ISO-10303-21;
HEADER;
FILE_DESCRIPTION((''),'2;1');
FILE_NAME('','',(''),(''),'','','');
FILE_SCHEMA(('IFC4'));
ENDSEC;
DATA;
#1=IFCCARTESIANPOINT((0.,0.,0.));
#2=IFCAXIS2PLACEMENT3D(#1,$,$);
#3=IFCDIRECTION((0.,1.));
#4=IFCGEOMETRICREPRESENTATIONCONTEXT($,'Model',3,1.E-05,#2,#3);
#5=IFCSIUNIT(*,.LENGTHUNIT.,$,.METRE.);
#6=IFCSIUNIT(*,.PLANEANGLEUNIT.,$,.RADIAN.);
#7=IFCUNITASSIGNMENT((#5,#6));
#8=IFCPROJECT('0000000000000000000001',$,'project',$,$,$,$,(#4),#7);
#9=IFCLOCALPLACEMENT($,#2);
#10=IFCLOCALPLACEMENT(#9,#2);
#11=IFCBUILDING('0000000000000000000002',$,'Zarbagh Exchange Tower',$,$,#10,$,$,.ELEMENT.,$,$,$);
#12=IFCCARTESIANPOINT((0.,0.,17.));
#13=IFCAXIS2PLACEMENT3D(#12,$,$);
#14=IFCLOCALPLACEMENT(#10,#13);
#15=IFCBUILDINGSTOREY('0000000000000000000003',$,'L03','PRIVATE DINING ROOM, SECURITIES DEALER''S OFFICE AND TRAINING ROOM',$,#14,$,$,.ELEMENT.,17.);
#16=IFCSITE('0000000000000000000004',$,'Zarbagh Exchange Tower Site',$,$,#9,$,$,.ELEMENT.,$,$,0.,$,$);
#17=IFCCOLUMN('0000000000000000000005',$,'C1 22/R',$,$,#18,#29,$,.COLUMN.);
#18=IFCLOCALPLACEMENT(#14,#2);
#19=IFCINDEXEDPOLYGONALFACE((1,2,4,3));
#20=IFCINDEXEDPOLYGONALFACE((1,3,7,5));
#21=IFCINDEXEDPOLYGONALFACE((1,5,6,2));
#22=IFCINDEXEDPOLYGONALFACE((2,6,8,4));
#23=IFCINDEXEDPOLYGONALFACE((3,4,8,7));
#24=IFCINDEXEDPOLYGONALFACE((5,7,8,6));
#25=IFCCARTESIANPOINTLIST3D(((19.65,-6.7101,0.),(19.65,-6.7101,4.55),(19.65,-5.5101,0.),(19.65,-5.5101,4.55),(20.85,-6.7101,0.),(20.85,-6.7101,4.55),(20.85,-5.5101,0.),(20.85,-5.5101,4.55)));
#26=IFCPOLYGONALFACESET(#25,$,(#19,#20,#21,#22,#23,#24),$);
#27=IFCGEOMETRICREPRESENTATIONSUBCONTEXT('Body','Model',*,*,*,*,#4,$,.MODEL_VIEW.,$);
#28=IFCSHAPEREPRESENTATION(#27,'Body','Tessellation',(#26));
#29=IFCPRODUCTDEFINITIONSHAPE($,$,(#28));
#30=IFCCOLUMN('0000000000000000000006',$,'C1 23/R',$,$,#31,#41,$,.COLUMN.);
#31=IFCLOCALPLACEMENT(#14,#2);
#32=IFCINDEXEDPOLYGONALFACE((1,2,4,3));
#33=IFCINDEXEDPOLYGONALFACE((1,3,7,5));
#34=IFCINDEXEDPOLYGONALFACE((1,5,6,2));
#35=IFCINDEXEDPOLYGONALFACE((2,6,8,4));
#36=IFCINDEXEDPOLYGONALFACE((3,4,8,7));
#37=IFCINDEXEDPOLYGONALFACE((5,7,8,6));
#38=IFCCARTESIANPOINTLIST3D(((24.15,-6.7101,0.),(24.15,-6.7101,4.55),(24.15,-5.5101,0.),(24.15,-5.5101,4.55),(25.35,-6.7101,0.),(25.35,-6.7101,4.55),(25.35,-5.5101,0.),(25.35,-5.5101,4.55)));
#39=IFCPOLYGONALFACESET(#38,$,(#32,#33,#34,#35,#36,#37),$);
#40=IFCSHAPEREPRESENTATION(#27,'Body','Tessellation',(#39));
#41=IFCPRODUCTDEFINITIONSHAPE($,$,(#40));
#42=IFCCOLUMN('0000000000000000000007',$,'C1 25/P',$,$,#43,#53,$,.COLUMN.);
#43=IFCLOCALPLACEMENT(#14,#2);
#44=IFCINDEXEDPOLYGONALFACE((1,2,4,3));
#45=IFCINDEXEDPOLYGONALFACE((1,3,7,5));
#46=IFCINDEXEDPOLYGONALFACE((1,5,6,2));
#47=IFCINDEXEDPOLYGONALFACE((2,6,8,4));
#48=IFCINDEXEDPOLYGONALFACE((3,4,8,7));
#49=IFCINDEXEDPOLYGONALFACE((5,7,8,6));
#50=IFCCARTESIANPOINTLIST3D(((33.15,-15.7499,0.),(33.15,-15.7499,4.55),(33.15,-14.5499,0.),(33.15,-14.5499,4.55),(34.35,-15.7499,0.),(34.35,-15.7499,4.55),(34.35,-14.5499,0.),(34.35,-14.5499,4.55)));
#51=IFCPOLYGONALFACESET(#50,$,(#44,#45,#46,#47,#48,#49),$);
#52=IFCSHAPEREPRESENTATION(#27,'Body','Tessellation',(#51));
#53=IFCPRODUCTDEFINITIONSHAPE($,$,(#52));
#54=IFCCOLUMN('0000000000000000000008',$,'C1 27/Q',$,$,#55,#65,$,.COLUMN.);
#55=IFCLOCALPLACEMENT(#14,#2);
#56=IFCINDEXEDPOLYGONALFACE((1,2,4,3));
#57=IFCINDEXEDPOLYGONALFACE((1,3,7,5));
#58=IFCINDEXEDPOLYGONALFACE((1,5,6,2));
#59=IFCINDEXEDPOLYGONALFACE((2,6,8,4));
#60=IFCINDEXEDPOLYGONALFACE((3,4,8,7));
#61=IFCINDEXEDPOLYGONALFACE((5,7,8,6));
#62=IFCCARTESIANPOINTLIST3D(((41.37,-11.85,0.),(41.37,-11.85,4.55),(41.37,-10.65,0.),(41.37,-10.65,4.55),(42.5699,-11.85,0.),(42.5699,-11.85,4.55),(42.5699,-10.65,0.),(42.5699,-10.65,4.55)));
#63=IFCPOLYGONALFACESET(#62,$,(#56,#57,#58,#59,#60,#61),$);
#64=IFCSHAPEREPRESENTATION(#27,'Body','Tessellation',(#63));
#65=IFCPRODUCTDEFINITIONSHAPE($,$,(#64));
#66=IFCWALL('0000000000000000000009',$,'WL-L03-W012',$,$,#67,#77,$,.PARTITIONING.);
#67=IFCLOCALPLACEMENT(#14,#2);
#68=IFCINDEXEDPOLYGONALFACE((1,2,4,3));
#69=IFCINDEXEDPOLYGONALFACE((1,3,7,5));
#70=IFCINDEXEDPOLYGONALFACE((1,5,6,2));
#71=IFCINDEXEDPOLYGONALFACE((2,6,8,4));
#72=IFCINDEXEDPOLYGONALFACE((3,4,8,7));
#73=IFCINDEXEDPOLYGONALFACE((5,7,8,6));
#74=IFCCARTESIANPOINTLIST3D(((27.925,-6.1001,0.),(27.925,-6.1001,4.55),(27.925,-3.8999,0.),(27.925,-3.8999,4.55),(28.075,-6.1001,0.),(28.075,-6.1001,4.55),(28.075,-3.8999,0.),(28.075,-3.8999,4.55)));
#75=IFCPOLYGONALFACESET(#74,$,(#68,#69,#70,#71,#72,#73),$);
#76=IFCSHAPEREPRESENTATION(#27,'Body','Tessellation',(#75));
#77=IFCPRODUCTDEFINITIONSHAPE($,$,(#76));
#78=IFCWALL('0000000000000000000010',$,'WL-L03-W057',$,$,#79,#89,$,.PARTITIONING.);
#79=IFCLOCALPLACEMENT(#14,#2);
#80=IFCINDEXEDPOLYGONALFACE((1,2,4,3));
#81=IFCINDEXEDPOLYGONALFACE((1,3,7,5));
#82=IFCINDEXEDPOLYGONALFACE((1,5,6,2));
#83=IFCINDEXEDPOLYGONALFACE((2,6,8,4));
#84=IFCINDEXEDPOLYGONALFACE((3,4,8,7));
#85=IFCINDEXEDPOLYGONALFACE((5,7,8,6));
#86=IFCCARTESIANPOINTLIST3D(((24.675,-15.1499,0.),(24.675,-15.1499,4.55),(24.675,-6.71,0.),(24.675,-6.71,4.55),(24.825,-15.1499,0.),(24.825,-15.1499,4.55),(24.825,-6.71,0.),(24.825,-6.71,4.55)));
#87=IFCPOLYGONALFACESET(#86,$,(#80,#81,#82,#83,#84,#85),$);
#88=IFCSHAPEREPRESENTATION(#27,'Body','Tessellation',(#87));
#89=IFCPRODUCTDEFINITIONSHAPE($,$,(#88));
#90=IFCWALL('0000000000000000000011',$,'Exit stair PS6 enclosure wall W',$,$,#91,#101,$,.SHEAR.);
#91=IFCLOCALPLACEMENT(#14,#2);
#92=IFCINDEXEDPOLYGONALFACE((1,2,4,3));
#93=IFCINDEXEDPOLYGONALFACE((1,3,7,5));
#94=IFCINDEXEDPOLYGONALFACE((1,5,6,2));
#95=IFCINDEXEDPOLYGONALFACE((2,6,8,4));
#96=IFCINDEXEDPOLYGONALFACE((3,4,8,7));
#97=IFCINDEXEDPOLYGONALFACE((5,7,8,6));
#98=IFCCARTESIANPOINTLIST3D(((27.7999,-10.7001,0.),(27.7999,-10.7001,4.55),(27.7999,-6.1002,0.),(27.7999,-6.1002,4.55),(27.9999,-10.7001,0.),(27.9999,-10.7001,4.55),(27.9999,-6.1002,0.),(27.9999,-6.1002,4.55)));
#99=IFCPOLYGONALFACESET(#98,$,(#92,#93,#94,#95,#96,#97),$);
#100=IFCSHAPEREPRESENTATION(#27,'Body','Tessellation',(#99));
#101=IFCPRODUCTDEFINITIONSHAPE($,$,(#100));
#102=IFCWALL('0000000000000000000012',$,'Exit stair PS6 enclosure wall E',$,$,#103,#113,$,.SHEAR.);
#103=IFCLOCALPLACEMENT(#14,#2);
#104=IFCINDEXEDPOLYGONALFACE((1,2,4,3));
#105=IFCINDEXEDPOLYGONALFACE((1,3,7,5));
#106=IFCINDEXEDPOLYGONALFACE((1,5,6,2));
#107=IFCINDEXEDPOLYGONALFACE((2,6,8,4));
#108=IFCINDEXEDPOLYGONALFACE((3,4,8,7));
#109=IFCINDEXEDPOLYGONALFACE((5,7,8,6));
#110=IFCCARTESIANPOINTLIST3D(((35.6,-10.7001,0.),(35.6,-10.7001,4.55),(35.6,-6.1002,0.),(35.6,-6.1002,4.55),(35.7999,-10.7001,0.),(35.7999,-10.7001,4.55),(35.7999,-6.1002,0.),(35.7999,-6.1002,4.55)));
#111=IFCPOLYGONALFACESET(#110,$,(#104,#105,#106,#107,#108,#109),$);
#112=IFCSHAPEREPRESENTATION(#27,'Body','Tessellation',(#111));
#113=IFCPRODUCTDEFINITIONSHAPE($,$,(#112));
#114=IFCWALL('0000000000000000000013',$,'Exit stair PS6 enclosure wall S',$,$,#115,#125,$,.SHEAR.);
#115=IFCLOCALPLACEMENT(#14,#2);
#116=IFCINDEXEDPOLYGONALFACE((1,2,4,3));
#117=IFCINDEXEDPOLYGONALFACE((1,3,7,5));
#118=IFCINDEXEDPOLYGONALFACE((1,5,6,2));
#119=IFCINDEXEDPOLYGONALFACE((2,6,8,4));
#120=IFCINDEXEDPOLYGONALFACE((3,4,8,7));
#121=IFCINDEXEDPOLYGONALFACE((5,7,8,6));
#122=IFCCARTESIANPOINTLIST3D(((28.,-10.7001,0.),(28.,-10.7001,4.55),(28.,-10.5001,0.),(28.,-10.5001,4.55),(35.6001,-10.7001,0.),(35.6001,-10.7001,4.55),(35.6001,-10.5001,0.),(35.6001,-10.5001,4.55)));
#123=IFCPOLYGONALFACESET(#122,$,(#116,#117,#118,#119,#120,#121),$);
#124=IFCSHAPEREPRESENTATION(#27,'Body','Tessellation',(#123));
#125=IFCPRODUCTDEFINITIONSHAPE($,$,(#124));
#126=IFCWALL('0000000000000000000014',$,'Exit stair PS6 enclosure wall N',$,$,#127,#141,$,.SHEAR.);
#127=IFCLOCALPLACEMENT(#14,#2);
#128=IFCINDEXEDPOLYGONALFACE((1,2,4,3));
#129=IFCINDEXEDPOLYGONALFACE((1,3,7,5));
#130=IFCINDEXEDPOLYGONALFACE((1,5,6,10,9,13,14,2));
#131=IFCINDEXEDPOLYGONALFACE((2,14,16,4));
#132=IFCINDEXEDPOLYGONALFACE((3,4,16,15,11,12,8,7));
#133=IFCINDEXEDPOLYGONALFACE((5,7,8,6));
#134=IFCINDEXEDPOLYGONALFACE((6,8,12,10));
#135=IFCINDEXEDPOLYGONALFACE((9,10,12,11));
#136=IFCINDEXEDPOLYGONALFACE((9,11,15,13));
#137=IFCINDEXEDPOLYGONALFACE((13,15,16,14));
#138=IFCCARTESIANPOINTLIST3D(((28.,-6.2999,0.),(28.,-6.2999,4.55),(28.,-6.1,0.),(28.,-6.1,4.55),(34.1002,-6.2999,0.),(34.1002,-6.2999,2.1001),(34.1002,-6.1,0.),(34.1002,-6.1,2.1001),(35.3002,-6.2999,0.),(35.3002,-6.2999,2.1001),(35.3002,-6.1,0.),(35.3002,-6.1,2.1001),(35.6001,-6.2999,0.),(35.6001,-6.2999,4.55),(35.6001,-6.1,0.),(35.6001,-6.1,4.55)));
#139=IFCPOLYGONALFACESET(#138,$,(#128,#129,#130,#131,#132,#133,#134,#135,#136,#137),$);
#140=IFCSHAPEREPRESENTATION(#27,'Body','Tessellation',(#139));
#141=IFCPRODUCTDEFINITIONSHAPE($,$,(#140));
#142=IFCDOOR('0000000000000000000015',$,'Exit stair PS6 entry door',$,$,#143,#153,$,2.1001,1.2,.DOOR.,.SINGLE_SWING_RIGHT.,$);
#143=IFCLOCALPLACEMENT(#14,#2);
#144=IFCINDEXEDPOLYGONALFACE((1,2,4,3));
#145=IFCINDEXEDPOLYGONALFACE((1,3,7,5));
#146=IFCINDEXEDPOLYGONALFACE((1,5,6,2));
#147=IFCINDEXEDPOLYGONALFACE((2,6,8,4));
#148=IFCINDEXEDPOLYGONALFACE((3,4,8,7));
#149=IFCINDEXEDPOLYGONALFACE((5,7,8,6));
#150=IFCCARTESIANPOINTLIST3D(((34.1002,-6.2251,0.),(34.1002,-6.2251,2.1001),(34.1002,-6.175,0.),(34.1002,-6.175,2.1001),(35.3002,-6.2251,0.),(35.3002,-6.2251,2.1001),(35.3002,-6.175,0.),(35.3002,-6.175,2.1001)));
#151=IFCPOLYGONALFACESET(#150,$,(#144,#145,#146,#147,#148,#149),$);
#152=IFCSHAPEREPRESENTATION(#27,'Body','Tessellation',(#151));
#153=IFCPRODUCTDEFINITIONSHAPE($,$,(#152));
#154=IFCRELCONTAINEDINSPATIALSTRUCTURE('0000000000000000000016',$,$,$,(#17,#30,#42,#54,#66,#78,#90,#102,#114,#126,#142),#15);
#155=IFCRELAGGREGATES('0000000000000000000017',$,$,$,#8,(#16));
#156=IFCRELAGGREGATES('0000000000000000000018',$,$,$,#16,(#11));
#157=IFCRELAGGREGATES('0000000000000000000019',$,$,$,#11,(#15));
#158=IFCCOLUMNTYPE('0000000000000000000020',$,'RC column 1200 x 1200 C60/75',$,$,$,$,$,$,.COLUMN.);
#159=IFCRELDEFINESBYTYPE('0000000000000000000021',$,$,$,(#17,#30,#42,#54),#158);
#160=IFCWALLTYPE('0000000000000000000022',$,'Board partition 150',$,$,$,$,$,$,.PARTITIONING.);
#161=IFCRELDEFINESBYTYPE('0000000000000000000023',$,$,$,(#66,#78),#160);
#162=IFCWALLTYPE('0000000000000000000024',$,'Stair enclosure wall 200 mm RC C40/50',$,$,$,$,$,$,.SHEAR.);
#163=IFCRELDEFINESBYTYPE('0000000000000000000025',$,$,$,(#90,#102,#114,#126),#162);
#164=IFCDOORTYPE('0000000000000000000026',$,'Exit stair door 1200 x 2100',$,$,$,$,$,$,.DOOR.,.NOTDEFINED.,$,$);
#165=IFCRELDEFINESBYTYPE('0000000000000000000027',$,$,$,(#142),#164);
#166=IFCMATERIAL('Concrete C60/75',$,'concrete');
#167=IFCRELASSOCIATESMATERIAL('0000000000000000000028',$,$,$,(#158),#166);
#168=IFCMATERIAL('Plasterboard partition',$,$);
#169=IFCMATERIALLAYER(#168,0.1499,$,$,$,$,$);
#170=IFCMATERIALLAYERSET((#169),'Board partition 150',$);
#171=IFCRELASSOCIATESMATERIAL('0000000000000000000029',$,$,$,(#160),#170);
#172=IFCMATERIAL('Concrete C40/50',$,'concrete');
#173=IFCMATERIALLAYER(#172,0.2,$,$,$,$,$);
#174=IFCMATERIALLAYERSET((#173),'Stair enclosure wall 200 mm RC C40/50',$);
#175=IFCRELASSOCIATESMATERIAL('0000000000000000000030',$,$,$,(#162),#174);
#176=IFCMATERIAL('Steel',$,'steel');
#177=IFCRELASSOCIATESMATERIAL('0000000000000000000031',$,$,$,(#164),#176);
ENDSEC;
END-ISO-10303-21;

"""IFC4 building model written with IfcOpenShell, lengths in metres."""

from ifc_helpers import new_model, si_unit, direction, frame, frame_2d, origin, origin_2d, place, context, subcontext, project, spatial, rectangle, extrude, material, layer, layer_set, material_profile, profile_set, type_object, element, fill, save


model = new_model("IFC4")

# Units and contexts
model_context = context("Model", 3, precision=1e-05, world=origin(), true_north=direction((0.0, 1.0)))
body_context = subcontext(model_context, "Body", "Model", "MODEL_VIEW")
ifc_project = project(units=[si_unit("LENGTHUNIT", "METRE"), si_unit("PLANEANGLEUNIT", "RADIAN")], contexts=[model_context])

# Site, building, storey
site_placement = place(None, origin())
site = spatial("IfcSite", under=ifc_project, at=site_placement, Name="Zarbagh Exchange Tower Site", CompositionType="ELEMENT", RefElevation=0.0)
building_placement = place(site_placement, origin())
building = spatial("IfcBuilding", under=site, at=building_placement, Name="Zarbagh Exchange Tower", CompositionType="ELEMENT")
storey_placement = place(building_placement, frame((0.0, 0.0, 17.0)))
storey = spatial("IfcBuildingStorey", under=building, at=storey_placement, Name="L03", Description="PRIVATE DINING ROOM, SECURITIES DEALER'S OFFICE AND TRAINING ROOM", CompositionType="ELEMENT", Elevation=17.0)

# Columns
ifc_material_1 = material(Name="Concrete C60/75", Category="concrete")
ifc_material_profile = material_profile(ifc_material_1, rectangle(XDim=1.2, YDim=1.2, at=origin_2d()), Name="RC column 1200 x 1200 C60/75")
ifc_profile_set = profile_set([ifc_material_profile], Name="Concrete C60/75")
column_type = type_object("IfcColumnType", Name="RC column 1200 x 1200 C60/75", PredefinedType="COLUMN", material=ifc_profile_set)
for number, where, z_axis, x_axis, name in (
    (1, (20.25, -6.1101, 0.0), (0.0, 0.0, 1.0), (1.0, 0.0, 0.0), "C1 22/R"),
    (2, (24.75, -6.1101, 0.0), (0.0, 0.0, 1.0), (1.0, 0.0, 0.0), "C1 23/R"),
    (3, (33.75, -15.1499, 0.0), (0.0, 0.0, 1.0), (1.0, 0.0, 0.0), "C1 25/P"),
    (4, (41.97, -11.25, 0.0), (0.0, 0.0, 1.0), (1.0, 0.0, 0.0), "C1 27/Q"),
):
    element("IfcColumn", number, at=place(storey_placement, frame(where, z_axis=z_axis, x_axis=x_axis)), inside=storey, type_object=column_type, Name=name, PredefinedType="COLUMN", context=body_context, shape_type="SweptSolid", body=[
        extrude(rectangle(XDim=1.2, YDim=1.2, at=origin_2d()), origin(), (0.0, 0.0, 1.0), 4.55),
    ])

# Walls
ifc_material_2 = material(Name="Plasterboard partition")
ifc_layer_1 = layer(ifc_material_2, 0.1499)
ifc_layer_set_1 = layer_set([ifc_layer_1], Name="Board partition 150")
wall_type_1 = type_object("IfcWallType", Name="Board partition 150", PredefinedType="PARTITIONING", material=ifc_layer_set_1)
wall_1_placement = place(storey_placement, frame((28.0, -6.1001, 0.0), z_axis=(0.0, 0.0, 1.0), x_axis=(0.0, 1.0, 0.0)))
element("IfcWall", 5, at=wall_1_placement, inside=storey, type_object=wall_type_1, Name="WL-L03-W012", PredefinedType="PARTITIONING", context=body_context, shape_type="SweptSolid", body=[
    extrude(rectangle(XDim=2.2002, YDim=0.1499, at=frame_2d((1.1001, 0.0))), origin(), (0.0, 0.0, 1.0), 4.55),
])
wall_2_placement = place(storey_placement, frame((24.75, -6.71, 0.0), z_axis=(0.0, 0.0, 1.0), x_axis=(0.0, -1.0, 0.0)))
element("IfcWall", 6, at=wall_2_placement, inside=storey, type_object=wall_type_1, Name="WL-L03-W057", PredefinedType="PARTITIONING", context=body_context, shape_type="SweptSolid", body=[
    extrude(rectangle(XDim=8.4399, YDim=0.1499, at=frame_2d((4.22, 0.0))), origin(), (0.0, 0.0, 1.0), 4.55),
])
ifc_material_3 = material(Name="Concrete C40/50", Category="concrete")
ifc_layer_2 = layer(ifc_material_3, 0.2)
ifc_layer_set_2 = layer_set([ifc_layer_2], Name="Stair enclosure wall 200 mm RC C40/50")
wall_type_2 = type_object("IfcWallType", Name="Stair enclosure wall 200 mm RC C40/50", PredefinedType="SHEAR", material=ifc_layer_set_2)
for number, where, z_axis, x_axis, name in (
    (7, (27.8999, -10.7, 0.0), (0.0, 0.0, 1.0), (0.0, 1.0, 0.0), "Exit stair PS6 enclosure wall W"),
    (8, (35.7, -10.7, 0.0), (0.0, 0.0, 1.0), (0.0, 1.0, 0.0), "Exit stair PS6 enclosure wall E"),
):
    element("IfcWall", number, at=place(storey_placement, frame(where, z_axis=z_axis, x_axis=x_axis)), inside=storey, type_object=wall_type_2, Name=name, PredefinedType="SHEAR", context=body_context, shape_type="SweptSolid", body=[
        extrude(rectangle(XDim=4.5999, YDim=0.2, at=frame_2d((2.2998, 0.0))), origin(), (0.0, 0.0, 1.0), 4.55),
    ])
wall_3_placement = place(storey_placement, frame((28.0, -10.6001, 0.0), z_axis=(0.0, 0.0, 1.0), x_axis=(1.0, 0.0, 0.0)))
element("IfcWall", 9, at=wall_3_placement, inside=storey, type_object=wall_type_2, Name="Exit stair PS6 enclosure wall S", PredefinedType="SHEAR", context=body_context, shape_type="SweptSolid", body=[
    extrude(rectangle(XDim=7.6001, YDim=0.2, at=frame_2d((3.8, 0.0))), origin(), (0.0, 0.0, 1.0), 4.55),
])

# Wall, opening, door
wall_4_placement = place(storey_placement, frame((28.0, -6.2, 0.0), z_axis=(0.0, 0.0, 1.0), x_axis=(1.0, 0.0, 0.0)))
wall_4 = element("IfcWall", 10, at=wall_4_placement, inside=storey, type_object=wall_type_2, Name="Exit stair PS6 enclosure wall N", PredefinedType="SHEAR", context=body_context, shape_type="SweptSolid", body=[
    extrude(rectangle(XDim=7.6001, YDim=0.2, at=frame_2d((3.8, 0.0))), origin(), (0.0, 0.0, 1.0), 4.55),
])
opening_1_placement = place(wall_4_placement, frame((6.1001, 0.0, 0.0)))
opening_1 = element("IfcOpeningElement", 11, at=opening_1_placement, cuts=wall_4, PredefinedType="OPENING", context=body_context, shape_type="SweptSolid", body=[
    extrude(rectangle(XDim=1.2, YDim=2.1001, at=frame_2d((0.6001, 1.05))), frame((0.0, 0.1099, 0.0), z_axis=(0.0, -1.0, 0.0), x_axis=(1.0, 0.0, 0.0)), (0.0, 0.0, 1.0), 0.22),
])
ifc_material_4 = material(Name="Steel", Category="steel")
door_type_1 = type_object("IfcDoorType", Name="Exit stair door 1200 x 2100", OperationType="NOTDEFINED", PredefinedType="DOOR", material=ifc_material_4)
door_1_placement = place(opening_1_placement, origin())
door_1 = element("IfcDoor", 12, at=door_1_placement, inside=storey, type_object=door_type_1, Name="Exit stair PS6 entry door", OperationType="SINGLE_SWING_RIGHT", OverallHeight=2.1001, OverallWidth=1.2, PredefinedType="DOOR", context=body_context, shape_type="SweptSolid", body=[
    extrude(rectangle(XDim=1.2, YDim=2.1001, at=frame_2d((0.6001, 1.05))), frame((0.0, 0.0249, 0.0), z_axis=(0.0, -1.0, 0.0), x_axis=(1.0, 0.0, 0.0)), (0.0, 0.0, 1.0), 0.05),
])
fill(opening_1, door_1)

save(model, "model.ifc")
